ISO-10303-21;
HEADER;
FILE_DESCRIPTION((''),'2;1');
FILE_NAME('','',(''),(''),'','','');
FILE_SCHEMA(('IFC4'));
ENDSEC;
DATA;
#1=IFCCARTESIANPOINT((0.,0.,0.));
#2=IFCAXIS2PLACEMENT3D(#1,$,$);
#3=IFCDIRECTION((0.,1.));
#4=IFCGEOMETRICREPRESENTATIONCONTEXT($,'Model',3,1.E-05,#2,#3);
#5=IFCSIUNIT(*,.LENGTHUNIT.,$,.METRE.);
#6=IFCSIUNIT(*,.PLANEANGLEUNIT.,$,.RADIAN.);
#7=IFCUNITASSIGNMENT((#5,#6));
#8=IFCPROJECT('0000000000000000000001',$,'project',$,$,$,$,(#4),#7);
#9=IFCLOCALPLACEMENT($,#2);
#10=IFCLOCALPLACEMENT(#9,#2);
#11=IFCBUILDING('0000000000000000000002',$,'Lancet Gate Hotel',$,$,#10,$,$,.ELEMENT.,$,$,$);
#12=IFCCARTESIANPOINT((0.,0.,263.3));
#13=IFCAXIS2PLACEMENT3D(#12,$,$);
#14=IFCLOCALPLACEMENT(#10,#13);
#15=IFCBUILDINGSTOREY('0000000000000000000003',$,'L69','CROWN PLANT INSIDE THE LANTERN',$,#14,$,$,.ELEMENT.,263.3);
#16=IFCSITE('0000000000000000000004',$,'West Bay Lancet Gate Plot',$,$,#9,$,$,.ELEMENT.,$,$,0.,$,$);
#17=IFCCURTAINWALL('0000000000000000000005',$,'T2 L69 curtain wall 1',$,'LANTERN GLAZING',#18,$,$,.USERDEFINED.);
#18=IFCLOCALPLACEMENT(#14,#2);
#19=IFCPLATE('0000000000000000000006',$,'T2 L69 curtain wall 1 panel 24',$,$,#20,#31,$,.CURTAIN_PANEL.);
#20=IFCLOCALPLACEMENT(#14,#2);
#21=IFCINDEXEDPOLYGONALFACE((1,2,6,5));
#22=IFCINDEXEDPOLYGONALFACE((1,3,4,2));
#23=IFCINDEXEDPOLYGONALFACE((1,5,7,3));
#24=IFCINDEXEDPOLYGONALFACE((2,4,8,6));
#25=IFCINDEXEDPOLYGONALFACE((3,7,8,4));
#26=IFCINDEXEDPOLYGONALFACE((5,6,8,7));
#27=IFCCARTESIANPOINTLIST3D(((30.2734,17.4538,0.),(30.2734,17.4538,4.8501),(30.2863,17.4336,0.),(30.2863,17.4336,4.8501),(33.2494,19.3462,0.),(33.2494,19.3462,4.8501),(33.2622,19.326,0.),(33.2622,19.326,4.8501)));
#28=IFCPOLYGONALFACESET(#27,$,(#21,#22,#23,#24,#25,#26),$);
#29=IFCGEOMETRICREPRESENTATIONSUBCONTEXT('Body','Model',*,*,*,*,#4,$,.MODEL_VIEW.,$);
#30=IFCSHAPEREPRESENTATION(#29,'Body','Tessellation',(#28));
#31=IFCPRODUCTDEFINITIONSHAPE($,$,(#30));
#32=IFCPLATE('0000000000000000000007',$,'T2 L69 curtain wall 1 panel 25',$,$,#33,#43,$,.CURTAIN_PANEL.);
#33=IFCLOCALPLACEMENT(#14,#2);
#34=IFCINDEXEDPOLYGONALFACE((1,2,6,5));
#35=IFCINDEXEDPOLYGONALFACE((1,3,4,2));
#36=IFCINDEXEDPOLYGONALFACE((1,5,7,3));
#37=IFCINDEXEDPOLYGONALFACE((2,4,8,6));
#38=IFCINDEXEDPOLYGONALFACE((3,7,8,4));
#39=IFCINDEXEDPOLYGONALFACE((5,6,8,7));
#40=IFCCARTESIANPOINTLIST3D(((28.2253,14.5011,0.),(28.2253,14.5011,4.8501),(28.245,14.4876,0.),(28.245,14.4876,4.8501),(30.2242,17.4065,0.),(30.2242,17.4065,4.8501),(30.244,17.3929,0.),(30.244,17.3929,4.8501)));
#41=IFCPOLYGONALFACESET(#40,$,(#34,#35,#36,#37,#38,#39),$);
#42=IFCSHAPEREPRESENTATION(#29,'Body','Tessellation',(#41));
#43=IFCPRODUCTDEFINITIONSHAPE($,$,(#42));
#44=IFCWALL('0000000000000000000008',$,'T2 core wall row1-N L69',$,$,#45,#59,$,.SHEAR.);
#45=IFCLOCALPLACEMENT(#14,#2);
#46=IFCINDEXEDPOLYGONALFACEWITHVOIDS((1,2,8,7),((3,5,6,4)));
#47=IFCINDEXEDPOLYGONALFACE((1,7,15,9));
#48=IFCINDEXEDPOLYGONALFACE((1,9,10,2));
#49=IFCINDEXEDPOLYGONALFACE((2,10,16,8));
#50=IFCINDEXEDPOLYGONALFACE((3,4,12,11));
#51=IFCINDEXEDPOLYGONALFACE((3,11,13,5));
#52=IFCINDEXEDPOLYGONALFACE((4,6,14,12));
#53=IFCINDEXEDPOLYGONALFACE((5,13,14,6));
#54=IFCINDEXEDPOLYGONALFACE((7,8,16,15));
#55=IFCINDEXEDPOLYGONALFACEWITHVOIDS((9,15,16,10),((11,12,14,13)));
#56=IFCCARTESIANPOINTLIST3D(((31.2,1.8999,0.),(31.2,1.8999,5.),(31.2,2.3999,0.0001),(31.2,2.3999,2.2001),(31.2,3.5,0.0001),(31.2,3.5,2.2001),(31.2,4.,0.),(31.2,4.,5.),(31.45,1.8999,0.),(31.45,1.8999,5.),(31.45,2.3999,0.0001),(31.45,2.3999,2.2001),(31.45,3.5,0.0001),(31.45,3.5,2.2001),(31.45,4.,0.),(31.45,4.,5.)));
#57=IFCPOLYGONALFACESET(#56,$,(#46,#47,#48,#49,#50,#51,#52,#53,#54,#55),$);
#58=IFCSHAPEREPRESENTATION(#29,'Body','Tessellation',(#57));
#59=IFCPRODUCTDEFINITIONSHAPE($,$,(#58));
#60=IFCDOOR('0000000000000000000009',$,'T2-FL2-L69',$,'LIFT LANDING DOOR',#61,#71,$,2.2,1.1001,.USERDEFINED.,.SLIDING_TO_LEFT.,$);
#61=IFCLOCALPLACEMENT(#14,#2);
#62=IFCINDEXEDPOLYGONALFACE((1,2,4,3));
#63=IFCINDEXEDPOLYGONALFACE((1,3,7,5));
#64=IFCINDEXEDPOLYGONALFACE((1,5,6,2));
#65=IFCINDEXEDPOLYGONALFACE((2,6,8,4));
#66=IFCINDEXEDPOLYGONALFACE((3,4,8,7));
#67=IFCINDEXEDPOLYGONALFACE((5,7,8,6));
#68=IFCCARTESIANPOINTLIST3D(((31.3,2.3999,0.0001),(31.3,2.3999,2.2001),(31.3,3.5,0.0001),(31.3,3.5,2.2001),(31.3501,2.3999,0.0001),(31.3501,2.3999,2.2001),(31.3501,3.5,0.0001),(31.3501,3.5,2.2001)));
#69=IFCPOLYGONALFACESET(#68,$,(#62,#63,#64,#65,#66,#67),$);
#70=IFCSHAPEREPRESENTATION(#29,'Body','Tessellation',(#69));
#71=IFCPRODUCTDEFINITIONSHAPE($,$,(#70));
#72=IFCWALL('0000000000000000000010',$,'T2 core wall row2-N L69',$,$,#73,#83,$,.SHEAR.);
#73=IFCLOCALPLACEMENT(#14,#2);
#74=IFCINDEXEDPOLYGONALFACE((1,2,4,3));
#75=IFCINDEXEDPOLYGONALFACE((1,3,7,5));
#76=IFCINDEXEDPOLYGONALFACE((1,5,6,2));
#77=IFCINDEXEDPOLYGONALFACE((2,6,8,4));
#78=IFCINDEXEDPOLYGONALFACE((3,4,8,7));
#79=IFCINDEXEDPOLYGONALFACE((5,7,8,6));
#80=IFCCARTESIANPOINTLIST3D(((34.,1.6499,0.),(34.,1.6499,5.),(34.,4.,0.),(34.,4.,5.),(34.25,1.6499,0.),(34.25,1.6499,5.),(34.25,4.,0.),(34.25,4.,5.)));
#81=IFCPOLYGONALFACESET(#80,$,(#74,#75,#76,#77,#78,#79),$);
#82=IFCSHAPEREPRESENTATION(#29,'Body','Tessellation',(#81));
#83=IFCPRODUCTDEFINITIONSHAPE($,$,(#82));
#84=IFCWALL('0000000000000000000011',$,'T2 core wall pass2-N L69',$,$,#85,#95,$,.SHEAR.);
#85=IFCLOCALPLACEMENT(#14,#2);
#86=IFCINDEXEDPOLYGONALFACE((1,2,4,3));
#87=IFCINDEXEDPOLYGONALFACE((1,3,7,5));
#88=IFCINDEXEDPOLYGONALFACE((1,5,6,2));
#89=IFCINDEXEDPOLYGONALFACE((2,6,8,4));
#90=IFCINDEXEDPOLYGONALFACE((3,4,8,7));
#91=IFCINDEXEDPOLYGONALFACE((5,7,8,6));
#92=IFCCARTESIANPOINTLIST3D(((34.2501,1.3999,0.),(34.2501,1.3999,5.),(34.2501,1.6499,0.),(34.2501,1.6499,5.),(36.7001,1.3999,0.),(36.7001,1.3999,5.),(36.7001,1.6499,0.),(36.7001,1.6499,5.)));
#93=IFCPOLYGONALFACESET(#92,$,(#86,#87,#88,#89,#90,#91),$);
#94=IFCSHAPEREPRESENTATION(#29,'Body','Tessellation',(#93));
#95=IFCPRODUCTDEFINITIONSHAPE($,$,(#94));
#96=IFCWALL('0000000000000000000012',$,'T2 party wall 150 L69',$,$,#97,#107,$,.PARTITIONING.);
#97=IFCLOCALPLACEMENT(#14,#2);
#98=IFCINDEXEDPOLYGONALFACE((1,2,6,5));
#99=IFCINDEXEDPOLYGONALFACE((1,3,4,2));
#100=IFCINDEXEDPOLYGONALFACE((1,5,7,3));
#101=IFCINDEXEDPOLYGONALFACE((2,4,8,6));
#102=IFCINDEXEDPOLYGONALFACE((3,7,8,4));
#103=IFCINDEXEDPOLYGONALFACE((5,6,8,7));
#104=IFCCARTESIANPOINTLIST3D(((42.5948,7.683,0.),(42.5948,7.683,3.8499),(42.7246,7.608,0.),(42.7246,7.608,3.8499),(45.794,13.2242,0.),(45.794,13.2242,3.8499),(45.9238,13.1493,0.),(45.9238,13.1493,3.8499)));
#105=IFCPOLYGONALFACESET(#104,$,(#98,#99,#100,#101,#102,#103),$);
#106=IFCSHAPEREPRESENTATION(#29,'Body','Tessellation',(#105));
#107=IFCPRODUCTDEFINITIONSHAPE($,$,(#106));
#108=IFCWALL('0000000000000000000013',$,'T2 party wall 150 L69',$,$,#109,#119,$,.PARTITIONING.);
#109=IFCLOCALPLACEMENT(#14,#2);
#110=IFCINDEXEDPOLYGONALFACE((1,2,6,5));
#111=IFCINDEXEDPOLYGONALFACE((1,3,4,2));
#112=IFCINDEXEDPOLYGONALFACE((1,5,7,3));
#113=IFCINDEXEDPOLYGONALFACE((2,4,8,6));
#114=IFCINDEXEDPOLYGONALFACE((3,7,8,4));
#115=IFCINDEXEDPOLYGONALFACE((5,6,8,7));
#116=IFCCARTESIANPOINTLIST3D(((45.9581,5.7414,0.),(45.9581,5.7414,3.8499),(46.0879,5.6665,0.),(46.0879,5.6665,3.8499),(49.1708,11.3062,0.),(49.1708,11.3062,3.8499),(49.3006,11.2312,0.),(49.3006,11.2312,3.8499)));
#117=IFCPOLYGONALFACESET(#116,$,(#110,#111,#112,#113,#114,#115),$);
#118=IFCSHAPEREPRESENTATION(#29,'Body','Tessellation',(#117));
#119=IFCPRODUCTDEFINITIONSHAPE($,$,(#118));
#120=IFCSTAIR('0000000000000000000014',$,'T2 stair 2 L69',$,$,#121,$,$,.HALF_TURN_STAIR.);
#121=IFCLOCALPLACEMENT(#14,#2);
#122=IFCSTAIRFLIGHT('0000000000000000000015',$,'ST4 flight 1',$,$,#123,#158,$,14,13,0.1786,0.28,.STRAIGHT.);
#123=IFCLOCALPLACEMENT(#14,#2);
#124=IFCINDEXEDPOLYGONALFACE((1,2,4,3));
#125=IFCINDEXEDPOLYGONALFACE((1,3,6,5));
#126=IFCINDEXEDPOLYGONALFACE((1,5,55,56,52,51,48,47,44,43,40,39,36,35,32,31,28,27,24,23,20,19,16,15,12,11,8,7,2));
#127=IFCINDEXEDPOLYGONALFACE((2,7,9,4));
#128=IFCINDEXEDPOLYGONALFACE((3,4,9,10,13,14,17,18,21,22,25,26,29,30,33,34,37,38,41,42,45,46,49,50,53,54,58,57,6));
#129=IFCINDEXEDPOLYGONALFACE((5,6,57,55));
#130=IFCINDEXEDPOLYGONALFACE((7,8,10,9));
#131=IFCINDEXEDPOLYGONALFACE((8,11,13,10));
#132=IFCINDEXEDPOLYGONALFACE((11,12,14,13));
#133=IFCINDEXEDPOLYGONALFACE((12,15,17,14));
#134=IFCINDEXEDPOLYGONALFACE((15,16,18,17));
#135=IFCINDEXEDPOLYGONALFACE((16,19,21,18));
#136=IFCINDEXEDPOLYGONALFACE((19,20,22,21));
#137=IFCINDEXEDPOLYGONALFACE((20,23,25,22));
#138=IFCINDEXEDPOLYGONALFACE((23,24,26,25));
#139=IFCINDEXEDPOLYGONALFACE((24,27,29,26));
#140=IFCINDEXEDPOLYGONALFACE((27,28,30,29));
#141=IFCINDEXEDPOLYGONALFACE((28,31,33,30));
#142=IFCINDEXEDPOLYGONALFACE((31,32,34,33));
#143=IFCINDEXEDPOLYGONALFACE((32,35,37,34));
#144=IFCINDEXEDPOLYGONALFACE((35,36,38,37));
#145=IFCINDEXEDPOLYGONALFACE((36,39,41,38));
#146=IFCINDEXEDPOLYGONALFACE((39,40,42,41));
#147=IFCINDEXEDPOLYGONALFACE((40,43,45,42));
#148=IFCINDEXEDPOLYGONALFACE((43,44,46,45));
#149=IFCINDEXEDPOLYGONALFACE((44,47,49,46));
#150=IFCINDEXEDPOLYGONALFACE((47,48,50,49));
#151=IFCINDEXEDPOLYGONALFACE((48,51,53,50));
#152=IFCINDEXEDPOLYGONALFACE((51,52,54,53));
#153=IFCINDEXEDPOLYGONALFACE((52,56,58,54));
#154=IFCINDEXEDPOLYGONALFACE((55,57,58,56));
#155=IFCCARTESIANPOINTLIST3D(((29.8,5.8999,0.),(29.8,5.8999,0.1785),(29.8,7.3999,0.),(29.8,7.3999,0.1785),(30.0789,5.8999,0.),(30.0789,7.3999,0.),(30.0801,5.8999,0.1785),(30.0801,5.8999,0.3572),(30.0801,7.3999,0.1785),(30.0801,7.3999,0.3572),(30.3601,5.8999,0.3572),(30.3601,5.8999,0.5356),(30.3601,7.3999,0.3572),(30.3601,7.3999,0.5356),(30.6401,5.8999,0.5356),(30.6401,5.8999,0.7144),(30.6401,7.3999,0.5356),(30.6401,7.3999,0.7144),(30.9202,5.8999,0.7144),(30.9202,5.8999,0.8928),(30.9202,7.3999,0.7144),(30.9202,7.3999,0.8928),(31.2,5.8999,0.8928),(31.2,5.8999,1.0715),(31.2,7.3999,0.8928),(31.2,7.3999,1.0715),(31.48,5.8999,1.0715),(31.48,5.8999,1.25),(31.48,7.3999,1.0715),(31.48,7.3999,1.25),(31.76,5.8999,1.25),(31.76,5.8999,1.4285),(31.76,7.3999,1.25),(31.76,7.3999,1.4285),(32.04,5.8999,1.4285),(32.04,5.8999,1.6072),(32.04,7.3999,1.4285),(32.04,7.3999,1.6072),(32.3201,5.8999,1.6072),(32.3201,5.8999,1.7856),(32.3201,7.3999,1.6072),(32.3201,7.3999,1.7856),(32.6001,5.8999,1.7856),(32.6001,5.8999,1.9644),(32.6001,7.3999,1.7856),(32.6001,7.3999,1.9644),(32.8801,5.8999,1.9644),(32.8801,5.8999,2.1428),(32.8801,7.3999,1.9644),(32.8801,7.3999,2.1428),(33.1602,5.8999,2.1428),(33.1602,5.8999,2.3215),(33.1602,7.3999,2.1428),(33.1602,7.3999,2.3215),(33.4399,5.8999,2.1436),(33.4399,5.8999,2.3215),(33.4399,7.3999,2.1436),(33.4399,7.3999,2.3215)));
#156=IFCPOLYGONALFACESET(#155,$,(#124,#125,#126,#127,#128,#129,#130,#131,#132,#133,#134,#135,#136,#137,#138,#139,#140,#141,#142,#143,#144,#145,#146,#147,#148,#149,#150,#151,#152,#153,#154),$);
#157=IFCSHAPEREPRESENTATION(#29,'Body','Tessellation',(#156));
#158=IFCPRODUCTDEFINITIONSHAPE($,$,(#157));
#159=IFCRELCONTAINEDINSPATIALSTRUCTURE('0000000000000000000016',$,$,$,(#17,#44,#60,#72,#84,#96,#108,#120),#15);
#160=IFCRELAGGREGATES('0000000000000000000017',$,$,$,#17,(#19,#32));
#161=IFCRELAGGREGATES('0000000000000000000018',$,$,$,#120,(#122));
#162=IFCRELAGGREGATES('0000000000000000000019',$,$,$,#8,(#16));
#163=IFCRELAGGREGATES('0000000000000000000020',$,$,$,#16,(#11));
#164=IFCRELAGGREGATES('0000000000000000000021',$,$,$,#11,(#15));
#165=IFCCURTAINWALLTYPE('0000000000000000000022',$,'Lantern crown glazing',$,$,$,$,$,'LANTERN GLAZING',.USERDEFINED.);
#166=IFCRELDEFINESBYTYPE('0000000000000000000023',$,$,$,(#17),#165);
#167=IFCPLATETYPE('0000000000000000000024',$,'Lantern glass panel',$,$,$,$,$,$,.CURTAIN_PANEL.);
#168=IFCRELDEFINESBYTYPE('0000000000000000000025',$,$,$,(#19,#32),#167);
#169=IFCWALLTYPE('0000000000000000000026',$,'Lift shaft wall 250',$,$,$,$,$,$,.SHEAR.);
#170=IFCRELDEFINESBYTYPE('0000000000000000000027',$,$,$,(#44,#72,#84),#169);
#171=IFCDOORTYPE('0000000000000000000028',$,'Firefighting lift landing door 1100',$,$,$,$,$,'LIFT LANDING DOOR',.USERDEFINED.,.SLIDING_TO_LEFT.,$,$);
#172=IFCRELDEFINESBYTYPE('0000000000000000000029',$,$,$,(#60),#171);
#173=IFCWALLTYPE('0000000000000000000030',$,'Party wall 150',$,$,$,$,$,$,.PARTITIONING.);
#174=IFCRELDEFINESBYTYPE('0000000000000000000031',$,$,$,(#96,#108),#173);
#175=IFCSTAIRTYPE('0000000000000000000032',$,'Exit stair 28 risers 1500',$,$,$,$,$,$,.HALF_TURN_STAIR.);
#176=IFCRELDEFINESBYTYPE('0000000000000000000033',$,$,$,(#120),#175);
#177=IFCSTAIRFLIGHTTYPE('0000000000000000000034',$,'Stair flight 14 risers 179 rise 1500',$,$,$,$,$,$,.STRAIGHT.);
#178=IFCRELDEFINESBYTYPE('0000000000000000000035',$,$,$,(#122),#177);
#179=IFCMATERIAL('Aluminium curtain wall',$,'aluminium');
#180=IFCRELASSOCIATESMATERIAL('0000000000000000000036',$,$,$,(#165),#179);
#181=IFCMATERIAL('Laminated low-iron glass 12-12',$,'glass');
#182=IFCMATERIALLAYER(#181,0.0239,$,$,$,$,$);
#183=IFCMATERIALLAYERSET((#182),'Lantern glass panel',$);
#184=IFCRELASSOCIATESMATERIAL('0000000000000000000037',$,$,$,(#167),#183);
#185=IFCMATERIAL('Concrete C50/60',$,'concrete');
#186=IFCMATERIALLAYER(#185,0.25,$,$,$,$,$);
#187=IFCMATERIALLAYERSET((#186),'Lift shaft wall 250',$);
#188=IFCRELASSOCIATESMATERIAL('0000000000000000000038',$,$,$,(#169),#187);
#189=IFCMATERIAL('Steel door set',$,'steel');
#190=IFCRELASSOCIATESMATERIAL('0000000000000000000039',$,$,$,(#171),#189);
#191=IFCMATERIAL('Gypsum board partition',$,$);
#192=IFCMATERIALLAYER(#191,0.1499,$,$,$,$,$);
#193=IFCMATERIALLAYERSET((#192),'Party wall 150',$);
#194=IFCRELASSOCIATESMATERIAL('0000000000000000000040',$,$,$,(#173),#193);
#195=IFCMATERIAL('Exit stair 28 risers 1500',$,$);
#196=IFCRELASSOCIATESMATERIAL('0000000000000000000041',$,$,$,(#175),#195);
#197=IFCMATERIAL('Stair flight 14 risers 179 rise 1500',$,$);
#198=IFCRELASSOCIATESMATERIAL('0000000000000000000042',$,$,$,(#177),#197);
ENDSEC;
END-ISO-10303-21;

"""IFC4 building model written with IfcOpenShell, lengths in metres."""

from ifc_helpers import new_model, si_unit, direction, frame, frame_2d, origin, origin_2d, place, context, subcontext, project, spatial, polyline, rectangle, outline, extrude, material, layer, layer_set, type_object, element, fill, aggregate, save


model = new_model("IFC4")

# Units and contexts
model_context = context("Model", 3, precision=1e-05, world=origin(), true_north=direction((0.0, 1.0)))
body_context = subcontext(model_context, "Body", "Model", "MODEL_VIEW")
ifc_project = project(units=[si_unit("LENGTHUNIT", "METRE"), si_unit("PLANEANGLEUNIT", "RADIAN")], contexts=[model_context])

# Site, building, storey
site_placement = place(None, origin())
site = spatial("IfcSite", under=ifc_project, at=site_placement, Name="West Bay Lancet Gate Plot", CompositionType="ELEMENT", RefElevation=0.0)
building_placement = place(site_placement, origin())
building = spatial("IfcBuilding", under=site, at=building_placement, Name="Lancet Gate Hotel", CompositionType="ELEMENT")
storey_placement = place(building_placement, frame((0.0, 0.0, 263.3)))
storey = spatial("IfcBuildingStorey", under=building, at=storey_placement, Name="L69", Description="CROWN PLANT INSIDE THE LANTERN", CompositionType="ELEMENT", Elevation=263.3)

# Curtain wall
ifc_material_1 = material(Name="Aluminium curtain wall", Category="aluminium")
curtain_wall_type = type_object("IfcCurtainWallType", Name="Lantern crown glazing", ElementType="LANTERN GLAZING", PredefinedType="USERDEFINED", material=ifc_material_1)
curtain_wall_placement = place(storey_placement, origin())
curtain_wall = element("IfcCurtainWall", 1, at=curtain_wall_placement, inside=storey, type_object=curtain_wall_type, Name="T2 L69 curtain wall 1", ObjectType="LANTERN GLAZING", PredefinedType="USERDEFINED")

# Plates
ifc_material_2 = material(Name="Laminated low-iron glass 12-12", Category="glass")
ifc_layer_1 = layer(ifc_material_2, 0.0239)
ifc_layer_set_1 = layer_set([ifc_layer_1], Name="Lantern glass panel")
plate_type = type_object("IfcPlateType", Name="Lantern glass panel", PredefinedType="CURTAIN_PANEL", material=ifc_layer_set_1)
plate_1_placement = place(storey_placement, frame((31.7678, 18.3899, 0.0), z_axis=(0.0, 0.0, 1.0), x_axis=(-0.843845, -0.536587, 0.0)))
plate_1 = element("IfcPlate", 2, at=plate_1_placement, type_object=plate_type, Name="T2 L69 curtain wall 1 panel 24", PredefinedType="CURTAIN_PANEL", context=body_context, shape_type="SweptSolid", body=[
    extrude(rectangle(XDim=3.5266, YDim=0.0239, at=origin_2d()), origin(), (0.0, 0.0, 1.0), 4.8501),
])
plate_2_placement = place(storey_placement, frame((29.2346, 15.947, 0.0), z_axis=(0.0, 0.0, 1.0), x_axis=(-0.566824, -0.823839, 0.0)))
plate_2 = element("IfcPlate", 3, at=plate_2_placement, type_object=plate_type, Name="T2 L69 curtain wall 1 panel 25", PredefinedType="CURTAIN_PANEL", context=body_context, shape_type="SweptSolid", body=[
    extrude(rectangle(XDim=3.5266, YDim=0.0239, at=origin_2d()), origin(), (0.0, 0.0, 1.0), 4.8501),
])
aggregate(curtain_wall, [plate_1, plate_2])

# Wall, opening, door
ifc_material_3 = material(Name="Concrete C50/60", Category="concrete")
ifc_layer_2 = layer(ifc_material_3, 0.25)
ifc_layer_set_2 = layer_set([ifc_layer_2], Name="Lift shaft wall 250")
wall_type_1 = type_object("IfcWallType", Name="Lift shaft wall 250", PredefinedType="SHEAR", material=ifc_layer_set_2)
wall_1_placement = place(storey_placement, frame((31.325, 1.8999, 0.0), z_axis=(0.0, 0.0, 1.0), x_axis=(0.0, 1.0, 0.0)))
wall_1 = element("IfcWall", 4, at=wall_1_placement, inside=storey, type_object=wall_type_1, Name="T2 core wall row1-N L69", PredefinedType="SHEAR", context=body_context, shape_type="SweptSolid", body=[
    extrude(rectangle(XDim=2.1001, YDim=0.25, at=frame_2d((1.05, 0.0))), origin(), (0.0, 0.0, 1.0), 5.0),
])
opening_placement = place(wall_1_placement, frame((0.5, 0.0, 0.0)))
opening = element("IfcOpeningElement", 5, at=opening_placement, cuts=wall_1, PredefinedType="OPENING", context=body_context, shape_type="SweptSolid", body=[
    extrude(rectangle(XDim=1.1001, YDim=2.2, at=frame_2d((0.55, 1.1001))), frame((0.0, 0.135, 0.0), z_axis=(0.0, -1.0, 0.0), x_axis=(1.0, 0.0, 0.0)), (0.0, 0.0, 1.0), 0.27),
])
ifc_material_4 = material(Name="Steel door set", Category="steel")
door_type = type_object("IfcDoorType", Name="Firefighting lift landing door 1100", ElementType="LIFT LANDING DOOR", OperationType="SLIDING_TO_LEFT", PredefinedType="USERDEFINED", material=ifc_material_4)
door_placement = place(opening_placement, origin())
door = element("IfcDoor", 6, at=door_placement, inside=storey, type_object=door_type, Name="T2-FL2-L69", ObjectType="LIFT LANDING DOOR", OperationType="SLIDING_TO_LEFT", OverallHeight=2.2, OverallWidth=1.1001, PredefinedType="USERDEFINED", context=body_context, shape_type="SweptSolid", body=[
    extrude(rectangle(XDim=1.1001, YDim=2.2, at=frame_2d((0.55, 1.1001))), frame((0.0, 0.0249, 0.0), z_axis=(0.0, -1.0, 0.0), x_axis=(1.0, 0.0, 0.0)), (0.0, 0.0, 1.0), 0.05),
])
fill(opening, door)

# Walls
wall_2_placement = place(storey_placement, frame((34.125, 1.6499, 0.0), z_axis=(0.0, 0.0, 1.0), x_axis=(0.0, 1.0, 0.0)))
element("IfcWall", 7, at=wall_2_placement, inside=storey, type_object=wall_type_1, Name="T2 core wall row2-N L69", PredefinedType="SHEAR", context=body_context, shape_type="SweptSolid", body=[
    extrude(rectangle(XDim=2.3501, YDim=0.25, at=frame_2d((1.175, 0.0))), origin(), (0.0, 0.0, 1.0), 5.0),
])
wall_3_placement = place(storey_placement, frame((34.25, 1.5249, 0.0), z_axis=(0.0, 0.0, 1.0), x_axis=(1.0, 0.0, 0.0)))
element("IfcWall", 8, at=wall_3_placement, inside=storey, type_object=wall_type_1, Name="T2 core wall pass2-N L69", PredefinedType="SHEAR", context=body_context, shape_type="SweptSolid", body=[
    extrude(rectangle(XDim=2.45, YDim=0.25, at=frame_2d((1.2251, 0.0))), origin(), (0.0, 0.0, 1.0), 5.0),
])
ifc_material_5 = material(Name="Gypsum board partition")
ifc_layer_3 = layer(ifc_material_5, 0.1499)
ifc_layer_set_3 = layer_set([ifc_layer_3], Name="Party wall 150")
wall_type_2 = type_object("IfcWallType", Name="Party wall 150", PredefinedType="PARTITIONING", material=ifc_layer_set_3)
wall_4_placement = place(storey_placement, frame((42.6597, 7.6455, 0.0), z_axis=(0.0, 0.0, 1.0), x_axis=(0.499997, 0.866027, 0.0)))
element("IfcWall", 9, at=wall_4_placement, inside=storey, type_object=wall_type_2, Name="T2 party wall 150 L69", PredefinedType="PARTITIONING", context=body_context, shape_type="SweptSolid", body=[
    extrude(rectangle(XDim=6.3984, YDim=0.1499, at=frame_2d((3.1992, 0.0))), origin(), (0.0, 0.0, 1.0), 3.8499),
])
wall_5_placement = place(storey_placement, frame((46.0229, 5.7039, 0.0), z_axis=(0.0, 0.0, 1.0), x_axis=(0.499984, 0.866034, 0.0)))
element("IfcWall", 10, at=wall_5_placement, inside=storey, type_object=wall_type_2, Name="T2 party wall 150 L69", PredefinedType="PARTITIONING", context=body_context, shape_type="SweptSolid", body=[
    extrude(rectangle(XDim=6.4255, YDim=0.1499, at=frame_2d((3.2129, 0.0))), origin(), (0.0, 0.0, 1.0), 3.8499),
])

# Stair, stair flight
ifc_material_6 = material(Name="Exit stair 28 risers 1500")
stair_type = type_object("IfcStairType", Name="Exit stair 28 risers 1500", PredefinedType="HALF_TURN_STAIR", material=ifc_material_6)
stair_placement = place(storey_placement, origin())
stair = element("IfcStair", 11, at=stair_placement, inside=storey, type_object=stair_type, Name="T2 stair 2 L69", PredefinedType="HALF_TURN_STAIR")
ifc_material_7 = material(Name="Stair flight 14 risers 179 rise 1500")
stair_flight_type = type_object("IfcStairFlightType", Name="Stair flight 14 risers 179 rise 1500", PredefinedType="STRAIGHT", material=ifc_material_7)
stair_flight_1_placement = place(storey_placement, frame((29.8, 6.6499, 0.0), z_axis=(0.0, 0.0, 1.0), x_axis=(1.0, 0.0, 0.0)))
stair_flight_1 = element("IfcStairFlight", 12, at=stair_flight_1_placement, type_object=stair_flight_type, Name="ST4 flight 1", NumberOfRisers=14, NumberOfTreads=13, PredefinedType="STRAIGHT", RiserHeight=0.1786, TreadLength=0.28, context=body_context, shape_type="SweptSolid", body=[
    extrude(outline(polyline([(0.0, 0.0), (0.0, 0.1785), (0.28, 0.1785), (0.28, 0.3572), (0.5601, 0.3572), (0.5601, 0.5356), (0.8401, 0.5356), (0.8401, 0.7144), (1.1201, 0.7144), (1.1201, 0.8928), (1.3999, 0.8928), (1.3999, 1.0715), (1.6799, 1.0715), (1.6799, 1.25), (1.96, 1.25), (1.96, 1.4285), (2.24, 1.4285), (2.24, 1.6072), (2.52, 1.6072), (2.52, 1.7856), (2.8, 1.7856), (2.8, 1.9644), (3.0801, 1.9644), (3.0801, 2.1428), (3.3601, 2.1428), (3.3601, 2.3215), (3.6399, 2.3215), (3.6399, 2.5), (3.6399, 2.1436), (0.2788, 0.0), (0.0, 0.0)])), frame((0.0, 0.75, 0.0), z_axis=(0.0, -1.0, 0.0), x_axis=(1.0, 0.0, 0.0)), (0.0, 0.0, 1.0), 1.5),
])
aggregate(stair, [stair_flight_1])

save(model, "model.ifc")
